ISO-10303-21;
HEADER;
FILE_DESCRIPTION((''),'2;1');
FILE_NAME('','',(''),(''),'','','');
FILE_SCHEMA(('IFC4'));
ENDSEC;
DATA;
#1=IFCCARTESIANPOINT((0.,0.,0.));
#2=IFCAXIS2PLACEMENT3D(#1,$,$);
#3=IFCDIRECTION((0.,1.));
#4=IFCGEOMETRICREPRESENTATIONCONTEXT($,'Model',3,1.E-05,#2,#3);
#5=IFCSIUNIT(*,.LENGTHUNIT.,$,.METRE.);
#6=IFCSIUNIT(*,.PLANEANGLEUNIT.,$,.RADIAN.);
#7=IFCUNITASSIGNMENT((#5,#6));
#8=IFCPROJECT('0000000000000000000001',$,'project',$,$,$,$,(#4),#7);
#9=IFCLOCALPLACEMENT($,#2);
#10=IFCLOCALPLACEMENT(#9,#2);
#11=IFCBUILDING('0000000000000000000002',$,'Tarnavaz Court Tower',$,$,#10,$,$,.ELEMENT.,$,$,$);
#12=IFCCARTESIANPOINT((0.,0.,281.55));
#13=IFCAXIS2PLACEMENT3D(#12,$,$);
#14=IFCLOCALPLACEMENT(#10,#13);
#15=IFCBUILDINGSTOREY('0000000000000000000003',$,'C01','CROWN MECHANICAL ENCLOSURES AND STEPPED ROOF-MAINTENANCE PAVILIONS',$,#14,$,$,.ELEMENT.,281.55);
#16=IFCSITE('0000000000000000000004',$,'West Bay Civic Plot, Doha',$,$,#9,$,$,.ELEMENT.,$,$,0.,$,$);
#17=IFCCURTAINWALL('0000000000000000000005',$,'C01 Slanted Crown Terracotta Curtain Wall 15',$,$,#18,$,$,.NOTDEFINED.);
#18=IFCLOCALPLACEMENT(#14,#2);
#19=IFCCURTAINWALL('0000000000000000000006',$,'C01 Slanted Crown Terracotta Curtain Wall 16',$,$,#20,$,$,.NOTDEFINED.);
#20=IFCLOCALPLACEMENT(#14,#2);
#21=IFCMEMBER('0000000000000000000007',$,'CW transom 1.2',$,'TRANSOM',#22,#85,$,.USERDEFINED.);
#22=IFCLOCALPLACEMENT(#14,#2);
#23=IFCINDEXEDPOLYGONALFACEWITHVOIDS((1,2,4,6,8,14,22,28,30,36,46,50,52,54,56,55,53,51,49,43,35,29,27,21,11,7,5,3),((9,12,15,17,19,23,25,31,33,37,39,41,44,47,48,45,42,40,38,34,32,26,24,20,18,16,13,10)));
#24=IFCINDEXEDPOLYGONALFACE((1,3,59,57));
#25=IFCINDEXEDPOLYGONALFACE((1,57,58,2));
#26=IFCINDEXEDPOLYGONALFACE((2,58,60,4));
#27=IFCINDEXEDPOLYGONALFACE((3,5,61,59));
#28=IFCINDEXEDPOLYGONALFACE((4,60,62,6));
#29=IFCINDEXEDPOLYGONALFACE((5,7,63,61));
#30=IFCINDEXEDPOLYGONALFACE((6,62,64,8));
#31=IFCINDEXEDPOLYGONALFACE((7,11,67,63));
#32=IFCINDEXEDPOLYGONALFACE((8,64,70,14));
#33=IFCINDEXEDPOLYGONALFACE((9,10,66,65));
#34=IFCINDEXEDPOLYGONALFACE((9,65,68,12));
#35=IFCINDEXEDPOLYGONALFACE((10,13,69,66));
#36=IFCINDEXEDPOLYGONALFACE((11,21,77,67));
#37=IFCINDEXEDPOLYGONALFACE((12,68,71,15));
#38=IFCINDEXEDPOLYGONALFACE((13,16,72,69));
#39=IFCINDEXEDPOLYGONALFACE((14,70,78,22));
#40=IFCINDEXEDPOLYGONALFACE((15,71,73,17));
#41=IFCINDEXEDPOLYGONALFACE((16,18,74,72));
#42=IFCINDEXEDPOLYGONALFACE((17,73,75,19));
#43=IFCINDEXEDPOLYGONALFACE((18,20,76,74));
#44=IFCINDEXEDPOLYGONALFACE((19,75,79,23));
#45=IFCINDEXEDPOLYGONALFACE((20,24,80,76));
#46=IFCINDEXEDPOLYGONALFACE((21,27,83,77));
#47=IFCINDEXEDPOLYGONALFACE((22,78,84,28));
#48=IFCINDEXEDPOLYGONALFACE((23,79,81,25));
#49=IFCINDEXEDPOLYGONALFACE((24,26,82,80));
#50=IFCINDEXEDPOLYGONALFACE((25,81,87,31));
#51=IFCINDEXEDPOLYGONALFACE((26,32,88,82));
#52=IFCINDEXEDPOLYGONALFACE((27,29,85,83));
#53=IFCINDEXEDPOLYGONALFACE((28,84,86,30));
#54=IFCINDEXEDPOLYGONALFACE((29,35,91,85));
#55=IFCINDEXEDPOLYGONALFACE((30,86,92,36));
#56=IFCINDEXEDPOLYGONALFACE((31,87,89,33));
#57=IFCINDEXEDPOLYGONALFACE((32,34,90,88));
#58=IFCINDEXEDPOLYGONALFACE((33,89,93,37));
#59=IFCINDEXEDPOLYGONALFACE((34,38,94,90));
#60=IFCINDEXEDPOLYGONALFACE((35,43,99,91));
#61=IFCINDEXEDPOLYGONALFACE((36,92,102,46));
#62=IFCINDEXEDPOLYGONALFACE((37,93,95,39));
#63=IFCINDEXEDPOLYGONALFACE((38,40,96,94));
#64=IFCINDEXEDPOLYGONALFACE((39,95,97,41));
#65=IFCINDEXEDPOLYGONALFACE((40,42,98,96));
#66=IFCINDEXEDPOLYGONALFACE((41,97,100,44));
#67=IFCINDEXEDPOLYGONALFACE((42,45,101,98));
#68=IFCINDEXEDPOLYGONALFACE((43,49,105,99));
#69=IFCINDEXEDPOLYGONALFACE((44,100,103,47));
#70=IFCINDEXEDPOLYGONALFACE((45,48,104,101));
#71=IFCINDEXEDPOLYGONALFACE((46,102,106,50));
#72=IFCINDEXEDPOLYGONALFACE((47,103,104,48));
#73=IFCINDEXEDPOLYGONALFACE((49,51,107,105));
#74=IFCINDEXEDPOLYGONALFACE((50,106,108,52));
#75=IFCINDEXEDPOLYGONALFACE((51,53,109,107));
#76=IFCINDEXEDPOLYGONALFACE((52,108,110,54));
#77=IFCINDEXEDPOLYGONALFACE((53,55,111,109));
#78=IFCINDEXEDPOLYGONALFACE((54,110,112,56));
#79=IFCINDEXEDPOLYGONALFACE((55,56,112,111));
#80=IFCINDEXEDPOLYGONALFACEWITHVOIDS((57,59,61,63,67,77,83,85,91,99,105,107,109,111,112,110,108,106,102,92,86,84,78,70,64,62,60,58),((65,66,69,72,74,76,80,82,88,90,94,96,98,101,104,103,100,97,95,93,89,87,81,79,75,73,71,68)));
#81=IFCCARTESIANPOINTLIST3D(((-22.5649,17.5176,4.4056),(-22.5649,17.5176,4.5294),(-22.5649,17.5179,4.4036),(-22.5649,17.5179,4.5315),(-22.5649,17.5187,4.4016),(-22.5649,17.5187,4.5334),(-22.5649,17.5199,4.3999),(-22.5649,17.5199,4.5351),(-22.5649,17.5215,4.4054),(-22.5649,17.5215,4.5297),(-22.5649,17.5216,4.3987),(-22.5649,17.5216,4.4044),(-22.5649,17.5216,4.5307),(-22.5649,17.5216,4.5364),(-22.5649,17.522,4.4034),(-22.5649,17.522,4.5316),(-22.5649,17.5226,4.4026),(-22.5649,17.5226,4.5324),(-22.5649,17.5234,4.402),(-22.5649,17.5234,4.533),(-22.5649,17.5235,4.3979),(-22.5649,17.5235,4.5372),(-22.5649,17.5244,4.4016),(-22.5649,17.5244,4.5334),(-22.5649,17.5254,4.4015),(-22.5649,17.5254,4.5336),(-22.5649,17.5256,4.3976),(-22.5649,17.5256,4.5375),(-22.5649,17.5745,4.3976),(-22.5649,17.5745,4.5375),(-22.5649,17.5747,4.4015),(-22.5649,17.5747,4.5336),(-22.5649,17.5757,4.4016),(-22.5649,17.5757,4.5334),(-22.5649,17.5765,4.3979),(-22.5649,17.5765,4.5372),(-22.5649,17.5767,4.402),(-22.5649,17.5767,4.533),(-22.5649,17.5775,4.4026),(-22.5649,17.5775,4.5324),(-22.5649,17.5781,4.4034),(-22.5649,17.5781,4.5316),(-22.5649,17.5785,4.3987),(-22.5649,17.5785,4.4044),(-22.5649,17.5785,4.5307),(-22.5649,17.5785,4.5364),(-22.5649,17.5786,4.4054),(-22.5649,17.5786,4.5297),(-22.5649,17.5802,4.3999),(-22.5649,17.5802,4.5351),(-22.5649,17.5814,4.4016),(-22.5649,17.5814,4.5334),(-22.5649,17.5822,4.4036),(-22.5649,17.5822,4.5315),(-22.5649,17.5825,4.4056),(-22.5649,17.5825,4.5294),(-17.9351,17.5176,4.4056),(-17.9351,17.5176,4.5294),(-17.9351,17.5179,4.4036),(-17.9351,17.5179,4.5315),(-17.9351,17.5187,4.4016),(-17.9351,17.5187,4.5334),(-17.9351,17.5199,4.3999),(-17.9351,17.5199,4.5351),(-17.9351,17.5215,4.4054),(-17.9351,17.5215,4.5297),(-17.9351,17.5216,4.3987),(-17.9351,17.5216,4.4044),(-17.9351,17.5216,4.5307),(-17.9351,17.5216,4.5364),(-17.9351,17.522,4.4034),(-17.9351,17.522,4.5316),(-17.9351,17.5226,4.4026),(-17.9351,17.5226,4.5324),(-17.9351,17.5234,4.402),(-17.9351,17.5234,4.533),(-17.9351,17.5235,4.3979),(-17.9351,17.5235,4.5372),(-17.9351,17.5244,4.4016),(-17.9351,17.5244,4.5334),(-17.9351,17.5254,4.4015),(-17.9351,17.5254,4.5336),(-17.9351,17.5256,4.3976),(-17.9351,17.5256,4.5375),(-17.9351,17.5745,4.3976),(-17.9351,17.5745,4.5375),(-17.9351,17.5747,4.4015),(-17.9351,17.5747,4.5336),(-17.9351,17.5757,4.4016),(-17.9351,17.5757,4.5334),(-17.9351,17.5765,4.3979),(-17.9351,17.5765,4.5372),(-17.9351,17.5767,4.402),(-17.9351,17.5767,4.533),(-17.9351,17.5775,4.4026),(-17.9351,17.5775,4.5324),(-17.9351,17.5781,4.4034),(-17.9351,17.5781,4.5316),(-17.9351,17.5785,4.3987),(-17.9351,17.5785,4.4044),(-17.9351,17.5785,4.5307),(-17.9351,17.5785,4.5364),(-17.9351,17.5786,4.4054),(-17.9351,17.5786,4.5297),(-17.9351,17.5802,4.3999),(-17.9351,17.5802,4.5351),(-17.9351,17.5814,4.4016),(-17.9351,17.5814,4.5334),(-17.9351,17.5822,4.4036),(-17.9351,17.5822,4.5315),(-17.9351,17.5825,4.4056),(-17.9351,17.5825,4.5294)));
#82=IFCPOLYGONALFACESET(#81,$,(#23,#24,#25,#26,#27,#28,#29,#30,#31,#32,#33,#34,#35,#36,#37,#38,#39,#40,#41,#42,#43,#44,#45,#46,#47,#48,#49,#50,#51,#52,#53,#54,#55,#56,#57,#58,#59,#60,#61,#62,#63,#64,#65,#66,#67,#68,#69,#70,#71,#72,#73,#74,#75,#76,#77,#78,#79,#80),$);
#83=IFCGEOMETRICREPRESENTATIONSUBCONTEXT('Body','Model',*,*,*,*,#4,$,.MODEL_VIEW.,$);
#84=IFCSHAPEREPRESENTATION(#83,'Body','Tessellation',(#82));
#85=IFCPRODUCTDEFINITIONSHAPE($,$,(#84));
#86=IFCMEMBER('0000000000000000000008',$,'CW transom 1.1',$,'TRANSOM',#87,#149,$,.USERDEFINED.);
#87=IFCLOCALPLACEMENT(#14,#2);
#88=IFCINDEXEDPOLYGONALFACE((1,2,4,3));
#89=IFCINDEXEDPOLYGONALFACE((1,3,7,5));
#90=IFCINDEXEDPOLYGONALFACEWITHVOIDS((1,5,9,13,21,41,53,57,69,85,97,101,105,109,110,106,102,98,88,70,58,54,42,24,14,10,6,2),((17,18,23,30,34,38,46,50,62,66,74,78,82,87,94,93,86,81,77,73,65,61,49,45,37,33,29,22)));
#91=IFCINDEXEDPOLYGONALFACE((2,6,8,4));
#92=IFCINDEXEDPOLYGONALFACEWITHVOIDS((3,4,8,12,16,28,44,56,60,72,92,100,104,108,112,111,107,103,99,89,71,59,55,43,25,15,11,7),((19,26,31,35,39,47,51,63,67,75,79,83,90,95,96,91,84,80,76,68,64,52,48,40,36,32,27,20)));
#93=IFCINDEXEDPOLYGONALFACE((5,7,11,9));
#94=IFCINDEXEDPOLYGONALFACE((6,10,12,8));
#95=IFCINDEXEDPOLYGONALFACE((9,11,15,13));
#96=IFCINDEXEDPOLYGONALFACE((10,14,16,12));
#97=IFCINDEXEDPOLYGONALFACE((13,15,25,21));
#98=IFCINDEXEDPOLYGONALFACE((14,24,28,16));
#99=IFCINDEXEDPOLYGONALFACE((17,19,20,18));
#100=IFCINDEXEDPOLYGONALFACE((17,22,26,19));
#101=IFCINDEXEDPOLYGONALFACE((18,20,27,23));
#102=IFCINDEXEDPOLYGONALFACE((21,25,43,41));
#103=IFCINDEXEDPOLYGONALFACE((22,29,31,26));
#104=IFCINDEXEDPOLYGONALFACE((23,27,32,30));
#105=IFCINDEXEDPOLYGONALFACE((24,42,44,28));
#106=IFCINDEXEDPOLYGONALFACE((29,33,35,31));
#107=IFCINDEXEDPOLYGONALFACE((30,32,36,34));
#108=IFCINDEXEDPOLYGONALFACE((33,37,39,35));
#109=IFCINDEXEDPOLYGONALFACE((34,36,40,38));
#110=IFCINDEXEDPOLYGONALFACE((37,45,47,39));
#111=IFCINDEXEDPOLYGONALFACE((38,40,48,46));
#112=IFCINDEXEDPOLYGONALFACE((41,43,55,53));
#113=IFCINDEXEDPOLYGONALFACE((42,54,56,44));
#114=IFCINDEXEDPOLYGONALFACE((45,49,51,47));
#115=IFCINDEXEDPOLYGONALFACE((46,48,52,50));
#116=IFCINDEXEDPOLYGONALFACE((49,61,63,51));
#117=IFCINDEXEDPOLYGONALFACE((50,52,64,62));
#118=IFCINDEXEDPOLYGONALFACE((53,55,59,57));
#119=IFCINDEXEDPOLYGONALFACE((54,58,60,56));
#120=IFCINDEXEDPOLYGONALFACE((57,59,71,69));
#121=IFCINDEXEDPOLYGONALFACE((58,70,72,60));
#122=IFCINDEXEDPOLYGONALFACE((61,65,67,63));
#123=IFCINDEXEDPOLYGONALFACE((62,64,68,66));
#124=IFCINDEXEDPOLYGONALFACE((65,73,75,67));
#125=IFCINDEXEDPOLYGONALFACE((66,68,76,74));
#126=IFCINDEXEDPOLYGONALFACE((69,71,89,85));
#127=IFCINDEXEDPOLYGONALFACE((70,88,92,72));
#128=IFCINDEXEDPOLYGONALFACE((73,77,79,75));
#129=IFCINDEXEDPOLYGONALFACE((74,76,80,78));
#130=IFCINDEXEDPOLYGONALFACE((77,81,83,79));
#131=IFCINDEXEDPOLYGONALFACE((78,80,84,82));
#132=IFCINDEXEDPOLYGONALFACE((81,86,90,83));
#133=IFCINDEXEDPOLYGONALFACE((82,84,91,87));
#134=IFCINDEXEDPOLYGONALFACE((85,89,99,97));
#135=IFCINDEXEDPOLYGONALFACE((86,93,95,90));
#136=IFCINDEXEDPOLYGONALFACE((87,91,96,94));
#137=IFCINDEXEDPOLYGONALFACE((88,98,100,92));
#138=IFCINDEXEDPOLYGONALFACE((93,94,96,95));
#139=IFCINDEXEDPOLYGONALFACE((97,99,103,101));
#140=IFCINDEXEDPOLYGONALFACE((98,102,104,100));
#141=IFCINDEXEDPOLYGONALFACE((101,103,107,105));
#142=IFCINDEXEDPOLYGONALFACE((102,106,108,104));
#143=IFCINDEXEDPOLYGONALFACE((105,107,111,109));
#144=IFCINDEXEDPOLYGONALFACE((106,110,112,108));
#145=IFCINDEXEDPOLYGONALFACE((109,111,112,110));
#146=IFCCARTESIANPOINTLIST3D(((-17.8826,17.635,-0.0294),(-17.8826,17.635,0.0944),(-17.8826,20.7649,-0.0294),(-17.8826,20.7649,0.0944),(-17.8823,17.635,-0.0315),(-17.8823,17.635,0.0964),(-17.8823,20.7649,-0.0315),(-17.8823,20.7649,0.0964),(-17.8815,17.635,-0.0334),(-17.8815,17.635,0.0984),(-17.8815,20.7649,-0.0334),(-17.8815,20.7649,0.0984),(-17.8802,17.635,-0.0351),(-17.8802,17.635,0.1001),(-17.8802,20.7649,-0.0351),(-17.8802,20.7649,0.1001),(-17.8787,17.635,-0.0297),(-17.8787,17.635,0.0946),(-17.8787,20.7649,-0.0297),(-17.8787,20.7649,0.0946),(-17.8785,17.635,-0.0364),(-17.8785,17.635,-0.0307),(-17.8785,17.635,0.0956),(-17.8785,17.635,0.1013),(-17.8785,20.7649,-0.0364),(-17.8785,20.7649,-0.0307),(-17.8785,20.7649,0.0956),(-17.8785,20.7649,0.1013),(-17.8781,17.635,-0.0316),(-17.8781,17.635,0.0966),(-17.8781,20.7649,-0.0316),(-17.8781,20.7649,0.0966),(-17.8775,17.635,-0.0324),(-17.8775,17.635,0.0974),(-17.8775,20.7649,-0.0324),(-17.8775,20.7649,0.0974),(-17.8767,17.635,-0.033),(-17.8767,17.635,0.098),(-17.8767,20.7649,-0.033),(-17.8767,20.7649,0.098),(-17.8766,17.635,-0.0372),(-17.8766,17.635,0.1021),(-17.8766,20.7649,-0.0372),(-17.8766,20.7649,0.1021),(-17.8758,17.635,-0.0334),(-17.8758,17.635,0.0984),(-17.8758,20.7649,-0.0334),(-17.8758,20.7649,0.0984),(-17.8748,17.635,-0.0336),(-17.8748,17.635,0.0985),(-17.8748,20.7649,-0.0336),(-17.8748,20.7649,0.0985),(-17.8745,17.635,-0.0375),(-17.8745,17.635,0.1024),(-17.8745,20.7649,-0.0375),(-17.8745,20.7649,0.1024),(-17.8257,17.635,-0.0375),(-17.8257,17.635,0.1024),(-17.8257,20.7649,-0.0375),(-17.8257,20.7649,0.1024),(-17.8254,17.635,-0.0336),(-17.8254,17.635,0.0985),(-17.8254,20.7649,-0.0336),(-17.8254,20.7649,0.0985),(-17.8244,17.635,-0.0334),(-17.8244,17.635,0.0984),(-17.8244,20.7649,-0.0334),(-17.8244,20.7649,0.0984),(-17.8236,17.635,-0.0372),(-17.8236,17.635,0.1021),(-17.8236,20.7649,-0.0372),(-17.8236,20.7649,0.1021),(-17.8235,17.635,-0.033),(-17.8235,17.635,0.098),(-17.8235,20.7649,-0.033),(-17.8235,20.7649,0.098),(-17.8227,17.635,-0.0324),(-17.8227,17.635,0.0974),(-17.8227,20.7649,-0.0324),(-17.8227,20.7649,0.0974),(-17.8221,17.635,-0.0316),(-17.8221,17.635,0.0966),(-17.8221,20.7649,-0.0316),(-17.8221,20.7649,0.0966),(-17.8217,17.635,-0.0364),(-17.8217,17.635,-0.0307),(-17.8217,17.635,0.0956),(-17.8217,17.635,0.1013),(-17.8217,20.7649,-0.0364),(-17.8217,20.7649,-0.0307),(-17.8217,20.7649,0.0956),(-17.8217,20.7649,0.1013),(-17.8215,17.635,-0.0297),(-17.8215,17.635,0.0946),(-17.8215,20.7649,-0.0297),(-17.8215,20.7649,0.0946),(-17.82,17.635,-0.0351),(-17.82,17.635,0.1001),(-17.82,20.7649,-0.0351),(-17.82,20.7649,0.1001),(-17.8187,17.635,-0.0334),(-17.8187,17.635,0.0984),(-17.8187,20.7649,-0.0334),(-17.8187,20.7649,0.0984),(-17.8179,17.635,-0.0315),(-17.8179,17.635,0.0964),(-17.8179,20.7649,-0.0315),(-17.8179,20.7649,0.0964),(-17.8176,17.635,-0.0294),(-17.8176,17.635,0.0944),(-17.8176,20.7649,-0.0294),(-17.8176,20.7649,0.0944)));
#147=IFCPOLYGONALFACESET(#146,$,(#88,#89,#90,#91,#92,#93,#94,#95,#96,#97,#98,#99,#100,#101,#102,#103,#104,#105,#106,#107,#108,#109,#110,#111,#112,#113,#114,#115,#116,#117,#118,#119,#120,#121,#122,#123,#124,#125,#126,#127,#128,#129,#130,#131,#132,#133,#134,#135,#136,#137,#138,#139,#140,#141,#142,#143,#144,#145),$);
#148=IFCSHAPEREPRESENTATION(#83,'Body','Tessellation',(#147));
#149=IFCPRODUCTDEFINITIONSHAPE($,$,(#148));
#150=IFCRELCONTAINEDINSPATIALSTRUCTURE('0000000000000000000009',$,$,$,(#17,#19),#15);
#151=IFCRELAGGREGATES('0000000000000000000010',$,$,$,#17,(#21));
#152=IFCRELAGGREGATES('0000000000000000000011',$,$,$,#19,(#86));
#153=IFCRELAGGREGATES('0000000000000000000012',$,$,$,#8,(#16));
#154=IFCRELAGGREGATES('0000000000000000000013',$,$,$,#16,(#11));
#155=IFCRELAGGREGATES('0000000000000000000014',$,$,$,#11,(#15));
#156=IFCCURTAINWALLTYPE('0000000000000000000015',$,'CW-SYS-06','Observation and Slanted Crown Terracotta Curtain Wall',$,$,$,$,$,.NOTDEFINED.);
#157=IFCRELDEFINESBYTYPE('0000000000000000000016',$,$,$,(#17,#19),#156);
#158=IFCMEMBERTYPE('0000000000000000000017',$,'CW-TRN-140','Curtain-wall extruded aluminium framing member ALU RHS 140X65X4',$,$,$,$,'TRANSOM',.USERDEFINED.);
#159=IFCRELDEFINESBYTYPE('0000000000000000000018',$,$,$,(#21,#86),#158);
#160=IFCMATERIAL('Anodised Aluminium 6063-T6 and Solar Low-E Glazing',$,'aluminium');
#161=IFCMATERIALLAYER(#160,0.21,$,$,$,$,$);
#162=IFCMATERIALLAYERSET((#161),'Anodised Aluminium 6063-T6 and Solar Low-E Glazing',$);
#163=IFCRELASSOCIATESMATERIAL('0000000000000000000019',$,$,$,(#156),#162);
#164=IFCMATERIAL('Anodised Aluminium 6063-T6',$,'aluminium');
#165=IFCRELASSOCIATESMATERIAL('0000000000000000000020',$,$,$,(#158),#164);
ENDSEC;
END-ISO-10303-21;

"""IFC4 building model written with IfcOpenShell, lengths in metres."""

from ifc_helpers import new_model, si_unit, direction, frame, origin, origin_2d, place, context, subcontext, project, spatial, hollow_rectangle, extrude, material, layer, layer_set, material_profile, profile_set, type_object, element, aggregate, save


model = new_model("IFC4")

# Units and contexts
model_context = context("Model", 3, precision=1e-05, world=origin(), true_north=direction((0.0, 1.0)))
body_context = subcontext(model_context, "Body", "Model", "MODEL_VIEW")
ifc_project = project(units=[si_unit("LENGTHUNIT", "METRE"), si_unit("PLANEANGLEUNIT", "RADIAN")], contexts=[model_context])

# Site, building, storey
site_placement = place(None, origin())
site = spatial("IfcSite", under=ifc_project, at=site_placement, Name="West Bay Civic Plot, Doha", CompositionType="ELEMENT", RefElevation=0.0)
building_placement = place(site_placement, origin())
building = spatial("IfcBuilding", under=site, at=building_placement, Name="Tarnavaz Court Tower", CompositionType="ELEMENT")
storey_placement = place(building_placement, frame((0.0, 0.0, 281.55)))
storey = spatial("IfcBuildingStorey", under=building, at=storey_placement, Name="C01", Description="CROWN MECHANICAL ENCLOSURES AND STEPPED ROOF-MAINTENANCE PAVILIONS", CompositionType="ELEMENT", Elevation=281.55)

# Shared definitions
ifc_material_1 = material(Name="Anodised Aluminium 6063-T6 and Solar Low-E Glazing", Category="aluminium")
ifc_layer_1 = layer(ifc_material_1, 0.21)
ifc_layer_set_1 = layer_set([ifc_layer_1], Name="Anodised Aluminium 6063-T6 and Solar Low-E Glazing")
curtain_wall_type = type_object("IfcCurtainWallType", Name="CW-SYS-06", Description="Observation and Slanted Crown Terracotta Curtain Wall", PredefinedType="NOTDEFINED", material=ifc_layer_set_1)
ifc_material_2 = material(Name="Anodised Aluminium 6063-T6", Category="aluminium")

# Curtain walls
curtain_wall_1_placement = place(storey_placement, origin())
curtain_wall_1 = element("IfcCurtainWall", 1, at=curtain_wall_1_placement, inside=storey, type_object=curtain_wall_type, Name="C01 Slanted Crown Terracotta Curtain Wall 15", PredefinedType="NOTDEFINED")
curtain_wall_2_placement = place(storey_placement, origin())
curtain_wall_2 = element("IfcCurtainWall", 2, at=curtain_wall_2_placement, inside=storey, type_object=curtain_wall_type, Name="C01 Slanted Crown Terracotta Curtain Wall 16", PredefinedType="NOTDEFINED")

# Members
ifc_material_profile_1 = material_profile(ifc_material_2, hollow_rectangle(XDim=0.0649, YDim=0.1399, WallThickness=0.0039, InnerFilletRadius=0.0039, OuterFilletRadius=0.0081, at=origin_2d()), Name="ALU RHS 140X65X4")
ifc_profile_set_1 = profile_set([ifc_material_profile_1], Name="Anodised Aluminium 6063-T6")
member_type_1 = type_object("IfcMemberType", Name="CW-TRN-140", Description="Curtain-wall extruded aluminium framing member ALU RHS 140X65X4", ElementType="TRANSOM", PredefinedType="USERDEFINED", material=ifc_profile_set_1)
member_1_placement = place(storey_placement, frame((-22.5649, 17.55, 4.4675), z_axis=(1.0, 0.0, 0.0), x_axis=(0.0, 1.0, 0.0)))
member_1 = element("IfcMember", 3, at=member_1_placement, type_object=member_type_1, Name="CW transom 1.2", ObjectType="TRANSOM", PredefinedType="USERDEFINED", context=body_context, shape_type="SweptSolid", body=[
    extrude(hollow_rectangle(XDim=0.0649, YDim=0.1399, WallThickness=0.0039, InnerFilletRadius=0.0039, OuterFilletRadius=0.0081, at=origin_2d()), origin(), (0.0, 0.0, 1.0), 4.6299),
])
member_2_placement = place(storey_placement, frame((-17.8501, 17.635, 0.0325), z_axis=(0.0, 1.0, 0.0), x_axis=(-1.0, 0.0, 0.0)))
member_2 = element("IfcMember", 4, at=member_2_placement, type_object=member_type_1, Name="CW transom 1.1", ObjectType="TRANSOM", PredefinedType="USERDEFINED", context=body_context, shape_type="SweptSolid", body=[
    extrude(hollow_rectangle(XDim=0.0649, YDim=0.1399, WallThickness=0.0039, InnerFilletRadius=0.0039, OuterFilletRadius=0.0081, at=origin_2d()), origin(), (0.0, 0.0, 1.0), 3.1299),
])

aggregate(curtain_wall_1, [member_1])
aggregate(curtain_wall_2, [member_2])

save(model, "model.ifc")
